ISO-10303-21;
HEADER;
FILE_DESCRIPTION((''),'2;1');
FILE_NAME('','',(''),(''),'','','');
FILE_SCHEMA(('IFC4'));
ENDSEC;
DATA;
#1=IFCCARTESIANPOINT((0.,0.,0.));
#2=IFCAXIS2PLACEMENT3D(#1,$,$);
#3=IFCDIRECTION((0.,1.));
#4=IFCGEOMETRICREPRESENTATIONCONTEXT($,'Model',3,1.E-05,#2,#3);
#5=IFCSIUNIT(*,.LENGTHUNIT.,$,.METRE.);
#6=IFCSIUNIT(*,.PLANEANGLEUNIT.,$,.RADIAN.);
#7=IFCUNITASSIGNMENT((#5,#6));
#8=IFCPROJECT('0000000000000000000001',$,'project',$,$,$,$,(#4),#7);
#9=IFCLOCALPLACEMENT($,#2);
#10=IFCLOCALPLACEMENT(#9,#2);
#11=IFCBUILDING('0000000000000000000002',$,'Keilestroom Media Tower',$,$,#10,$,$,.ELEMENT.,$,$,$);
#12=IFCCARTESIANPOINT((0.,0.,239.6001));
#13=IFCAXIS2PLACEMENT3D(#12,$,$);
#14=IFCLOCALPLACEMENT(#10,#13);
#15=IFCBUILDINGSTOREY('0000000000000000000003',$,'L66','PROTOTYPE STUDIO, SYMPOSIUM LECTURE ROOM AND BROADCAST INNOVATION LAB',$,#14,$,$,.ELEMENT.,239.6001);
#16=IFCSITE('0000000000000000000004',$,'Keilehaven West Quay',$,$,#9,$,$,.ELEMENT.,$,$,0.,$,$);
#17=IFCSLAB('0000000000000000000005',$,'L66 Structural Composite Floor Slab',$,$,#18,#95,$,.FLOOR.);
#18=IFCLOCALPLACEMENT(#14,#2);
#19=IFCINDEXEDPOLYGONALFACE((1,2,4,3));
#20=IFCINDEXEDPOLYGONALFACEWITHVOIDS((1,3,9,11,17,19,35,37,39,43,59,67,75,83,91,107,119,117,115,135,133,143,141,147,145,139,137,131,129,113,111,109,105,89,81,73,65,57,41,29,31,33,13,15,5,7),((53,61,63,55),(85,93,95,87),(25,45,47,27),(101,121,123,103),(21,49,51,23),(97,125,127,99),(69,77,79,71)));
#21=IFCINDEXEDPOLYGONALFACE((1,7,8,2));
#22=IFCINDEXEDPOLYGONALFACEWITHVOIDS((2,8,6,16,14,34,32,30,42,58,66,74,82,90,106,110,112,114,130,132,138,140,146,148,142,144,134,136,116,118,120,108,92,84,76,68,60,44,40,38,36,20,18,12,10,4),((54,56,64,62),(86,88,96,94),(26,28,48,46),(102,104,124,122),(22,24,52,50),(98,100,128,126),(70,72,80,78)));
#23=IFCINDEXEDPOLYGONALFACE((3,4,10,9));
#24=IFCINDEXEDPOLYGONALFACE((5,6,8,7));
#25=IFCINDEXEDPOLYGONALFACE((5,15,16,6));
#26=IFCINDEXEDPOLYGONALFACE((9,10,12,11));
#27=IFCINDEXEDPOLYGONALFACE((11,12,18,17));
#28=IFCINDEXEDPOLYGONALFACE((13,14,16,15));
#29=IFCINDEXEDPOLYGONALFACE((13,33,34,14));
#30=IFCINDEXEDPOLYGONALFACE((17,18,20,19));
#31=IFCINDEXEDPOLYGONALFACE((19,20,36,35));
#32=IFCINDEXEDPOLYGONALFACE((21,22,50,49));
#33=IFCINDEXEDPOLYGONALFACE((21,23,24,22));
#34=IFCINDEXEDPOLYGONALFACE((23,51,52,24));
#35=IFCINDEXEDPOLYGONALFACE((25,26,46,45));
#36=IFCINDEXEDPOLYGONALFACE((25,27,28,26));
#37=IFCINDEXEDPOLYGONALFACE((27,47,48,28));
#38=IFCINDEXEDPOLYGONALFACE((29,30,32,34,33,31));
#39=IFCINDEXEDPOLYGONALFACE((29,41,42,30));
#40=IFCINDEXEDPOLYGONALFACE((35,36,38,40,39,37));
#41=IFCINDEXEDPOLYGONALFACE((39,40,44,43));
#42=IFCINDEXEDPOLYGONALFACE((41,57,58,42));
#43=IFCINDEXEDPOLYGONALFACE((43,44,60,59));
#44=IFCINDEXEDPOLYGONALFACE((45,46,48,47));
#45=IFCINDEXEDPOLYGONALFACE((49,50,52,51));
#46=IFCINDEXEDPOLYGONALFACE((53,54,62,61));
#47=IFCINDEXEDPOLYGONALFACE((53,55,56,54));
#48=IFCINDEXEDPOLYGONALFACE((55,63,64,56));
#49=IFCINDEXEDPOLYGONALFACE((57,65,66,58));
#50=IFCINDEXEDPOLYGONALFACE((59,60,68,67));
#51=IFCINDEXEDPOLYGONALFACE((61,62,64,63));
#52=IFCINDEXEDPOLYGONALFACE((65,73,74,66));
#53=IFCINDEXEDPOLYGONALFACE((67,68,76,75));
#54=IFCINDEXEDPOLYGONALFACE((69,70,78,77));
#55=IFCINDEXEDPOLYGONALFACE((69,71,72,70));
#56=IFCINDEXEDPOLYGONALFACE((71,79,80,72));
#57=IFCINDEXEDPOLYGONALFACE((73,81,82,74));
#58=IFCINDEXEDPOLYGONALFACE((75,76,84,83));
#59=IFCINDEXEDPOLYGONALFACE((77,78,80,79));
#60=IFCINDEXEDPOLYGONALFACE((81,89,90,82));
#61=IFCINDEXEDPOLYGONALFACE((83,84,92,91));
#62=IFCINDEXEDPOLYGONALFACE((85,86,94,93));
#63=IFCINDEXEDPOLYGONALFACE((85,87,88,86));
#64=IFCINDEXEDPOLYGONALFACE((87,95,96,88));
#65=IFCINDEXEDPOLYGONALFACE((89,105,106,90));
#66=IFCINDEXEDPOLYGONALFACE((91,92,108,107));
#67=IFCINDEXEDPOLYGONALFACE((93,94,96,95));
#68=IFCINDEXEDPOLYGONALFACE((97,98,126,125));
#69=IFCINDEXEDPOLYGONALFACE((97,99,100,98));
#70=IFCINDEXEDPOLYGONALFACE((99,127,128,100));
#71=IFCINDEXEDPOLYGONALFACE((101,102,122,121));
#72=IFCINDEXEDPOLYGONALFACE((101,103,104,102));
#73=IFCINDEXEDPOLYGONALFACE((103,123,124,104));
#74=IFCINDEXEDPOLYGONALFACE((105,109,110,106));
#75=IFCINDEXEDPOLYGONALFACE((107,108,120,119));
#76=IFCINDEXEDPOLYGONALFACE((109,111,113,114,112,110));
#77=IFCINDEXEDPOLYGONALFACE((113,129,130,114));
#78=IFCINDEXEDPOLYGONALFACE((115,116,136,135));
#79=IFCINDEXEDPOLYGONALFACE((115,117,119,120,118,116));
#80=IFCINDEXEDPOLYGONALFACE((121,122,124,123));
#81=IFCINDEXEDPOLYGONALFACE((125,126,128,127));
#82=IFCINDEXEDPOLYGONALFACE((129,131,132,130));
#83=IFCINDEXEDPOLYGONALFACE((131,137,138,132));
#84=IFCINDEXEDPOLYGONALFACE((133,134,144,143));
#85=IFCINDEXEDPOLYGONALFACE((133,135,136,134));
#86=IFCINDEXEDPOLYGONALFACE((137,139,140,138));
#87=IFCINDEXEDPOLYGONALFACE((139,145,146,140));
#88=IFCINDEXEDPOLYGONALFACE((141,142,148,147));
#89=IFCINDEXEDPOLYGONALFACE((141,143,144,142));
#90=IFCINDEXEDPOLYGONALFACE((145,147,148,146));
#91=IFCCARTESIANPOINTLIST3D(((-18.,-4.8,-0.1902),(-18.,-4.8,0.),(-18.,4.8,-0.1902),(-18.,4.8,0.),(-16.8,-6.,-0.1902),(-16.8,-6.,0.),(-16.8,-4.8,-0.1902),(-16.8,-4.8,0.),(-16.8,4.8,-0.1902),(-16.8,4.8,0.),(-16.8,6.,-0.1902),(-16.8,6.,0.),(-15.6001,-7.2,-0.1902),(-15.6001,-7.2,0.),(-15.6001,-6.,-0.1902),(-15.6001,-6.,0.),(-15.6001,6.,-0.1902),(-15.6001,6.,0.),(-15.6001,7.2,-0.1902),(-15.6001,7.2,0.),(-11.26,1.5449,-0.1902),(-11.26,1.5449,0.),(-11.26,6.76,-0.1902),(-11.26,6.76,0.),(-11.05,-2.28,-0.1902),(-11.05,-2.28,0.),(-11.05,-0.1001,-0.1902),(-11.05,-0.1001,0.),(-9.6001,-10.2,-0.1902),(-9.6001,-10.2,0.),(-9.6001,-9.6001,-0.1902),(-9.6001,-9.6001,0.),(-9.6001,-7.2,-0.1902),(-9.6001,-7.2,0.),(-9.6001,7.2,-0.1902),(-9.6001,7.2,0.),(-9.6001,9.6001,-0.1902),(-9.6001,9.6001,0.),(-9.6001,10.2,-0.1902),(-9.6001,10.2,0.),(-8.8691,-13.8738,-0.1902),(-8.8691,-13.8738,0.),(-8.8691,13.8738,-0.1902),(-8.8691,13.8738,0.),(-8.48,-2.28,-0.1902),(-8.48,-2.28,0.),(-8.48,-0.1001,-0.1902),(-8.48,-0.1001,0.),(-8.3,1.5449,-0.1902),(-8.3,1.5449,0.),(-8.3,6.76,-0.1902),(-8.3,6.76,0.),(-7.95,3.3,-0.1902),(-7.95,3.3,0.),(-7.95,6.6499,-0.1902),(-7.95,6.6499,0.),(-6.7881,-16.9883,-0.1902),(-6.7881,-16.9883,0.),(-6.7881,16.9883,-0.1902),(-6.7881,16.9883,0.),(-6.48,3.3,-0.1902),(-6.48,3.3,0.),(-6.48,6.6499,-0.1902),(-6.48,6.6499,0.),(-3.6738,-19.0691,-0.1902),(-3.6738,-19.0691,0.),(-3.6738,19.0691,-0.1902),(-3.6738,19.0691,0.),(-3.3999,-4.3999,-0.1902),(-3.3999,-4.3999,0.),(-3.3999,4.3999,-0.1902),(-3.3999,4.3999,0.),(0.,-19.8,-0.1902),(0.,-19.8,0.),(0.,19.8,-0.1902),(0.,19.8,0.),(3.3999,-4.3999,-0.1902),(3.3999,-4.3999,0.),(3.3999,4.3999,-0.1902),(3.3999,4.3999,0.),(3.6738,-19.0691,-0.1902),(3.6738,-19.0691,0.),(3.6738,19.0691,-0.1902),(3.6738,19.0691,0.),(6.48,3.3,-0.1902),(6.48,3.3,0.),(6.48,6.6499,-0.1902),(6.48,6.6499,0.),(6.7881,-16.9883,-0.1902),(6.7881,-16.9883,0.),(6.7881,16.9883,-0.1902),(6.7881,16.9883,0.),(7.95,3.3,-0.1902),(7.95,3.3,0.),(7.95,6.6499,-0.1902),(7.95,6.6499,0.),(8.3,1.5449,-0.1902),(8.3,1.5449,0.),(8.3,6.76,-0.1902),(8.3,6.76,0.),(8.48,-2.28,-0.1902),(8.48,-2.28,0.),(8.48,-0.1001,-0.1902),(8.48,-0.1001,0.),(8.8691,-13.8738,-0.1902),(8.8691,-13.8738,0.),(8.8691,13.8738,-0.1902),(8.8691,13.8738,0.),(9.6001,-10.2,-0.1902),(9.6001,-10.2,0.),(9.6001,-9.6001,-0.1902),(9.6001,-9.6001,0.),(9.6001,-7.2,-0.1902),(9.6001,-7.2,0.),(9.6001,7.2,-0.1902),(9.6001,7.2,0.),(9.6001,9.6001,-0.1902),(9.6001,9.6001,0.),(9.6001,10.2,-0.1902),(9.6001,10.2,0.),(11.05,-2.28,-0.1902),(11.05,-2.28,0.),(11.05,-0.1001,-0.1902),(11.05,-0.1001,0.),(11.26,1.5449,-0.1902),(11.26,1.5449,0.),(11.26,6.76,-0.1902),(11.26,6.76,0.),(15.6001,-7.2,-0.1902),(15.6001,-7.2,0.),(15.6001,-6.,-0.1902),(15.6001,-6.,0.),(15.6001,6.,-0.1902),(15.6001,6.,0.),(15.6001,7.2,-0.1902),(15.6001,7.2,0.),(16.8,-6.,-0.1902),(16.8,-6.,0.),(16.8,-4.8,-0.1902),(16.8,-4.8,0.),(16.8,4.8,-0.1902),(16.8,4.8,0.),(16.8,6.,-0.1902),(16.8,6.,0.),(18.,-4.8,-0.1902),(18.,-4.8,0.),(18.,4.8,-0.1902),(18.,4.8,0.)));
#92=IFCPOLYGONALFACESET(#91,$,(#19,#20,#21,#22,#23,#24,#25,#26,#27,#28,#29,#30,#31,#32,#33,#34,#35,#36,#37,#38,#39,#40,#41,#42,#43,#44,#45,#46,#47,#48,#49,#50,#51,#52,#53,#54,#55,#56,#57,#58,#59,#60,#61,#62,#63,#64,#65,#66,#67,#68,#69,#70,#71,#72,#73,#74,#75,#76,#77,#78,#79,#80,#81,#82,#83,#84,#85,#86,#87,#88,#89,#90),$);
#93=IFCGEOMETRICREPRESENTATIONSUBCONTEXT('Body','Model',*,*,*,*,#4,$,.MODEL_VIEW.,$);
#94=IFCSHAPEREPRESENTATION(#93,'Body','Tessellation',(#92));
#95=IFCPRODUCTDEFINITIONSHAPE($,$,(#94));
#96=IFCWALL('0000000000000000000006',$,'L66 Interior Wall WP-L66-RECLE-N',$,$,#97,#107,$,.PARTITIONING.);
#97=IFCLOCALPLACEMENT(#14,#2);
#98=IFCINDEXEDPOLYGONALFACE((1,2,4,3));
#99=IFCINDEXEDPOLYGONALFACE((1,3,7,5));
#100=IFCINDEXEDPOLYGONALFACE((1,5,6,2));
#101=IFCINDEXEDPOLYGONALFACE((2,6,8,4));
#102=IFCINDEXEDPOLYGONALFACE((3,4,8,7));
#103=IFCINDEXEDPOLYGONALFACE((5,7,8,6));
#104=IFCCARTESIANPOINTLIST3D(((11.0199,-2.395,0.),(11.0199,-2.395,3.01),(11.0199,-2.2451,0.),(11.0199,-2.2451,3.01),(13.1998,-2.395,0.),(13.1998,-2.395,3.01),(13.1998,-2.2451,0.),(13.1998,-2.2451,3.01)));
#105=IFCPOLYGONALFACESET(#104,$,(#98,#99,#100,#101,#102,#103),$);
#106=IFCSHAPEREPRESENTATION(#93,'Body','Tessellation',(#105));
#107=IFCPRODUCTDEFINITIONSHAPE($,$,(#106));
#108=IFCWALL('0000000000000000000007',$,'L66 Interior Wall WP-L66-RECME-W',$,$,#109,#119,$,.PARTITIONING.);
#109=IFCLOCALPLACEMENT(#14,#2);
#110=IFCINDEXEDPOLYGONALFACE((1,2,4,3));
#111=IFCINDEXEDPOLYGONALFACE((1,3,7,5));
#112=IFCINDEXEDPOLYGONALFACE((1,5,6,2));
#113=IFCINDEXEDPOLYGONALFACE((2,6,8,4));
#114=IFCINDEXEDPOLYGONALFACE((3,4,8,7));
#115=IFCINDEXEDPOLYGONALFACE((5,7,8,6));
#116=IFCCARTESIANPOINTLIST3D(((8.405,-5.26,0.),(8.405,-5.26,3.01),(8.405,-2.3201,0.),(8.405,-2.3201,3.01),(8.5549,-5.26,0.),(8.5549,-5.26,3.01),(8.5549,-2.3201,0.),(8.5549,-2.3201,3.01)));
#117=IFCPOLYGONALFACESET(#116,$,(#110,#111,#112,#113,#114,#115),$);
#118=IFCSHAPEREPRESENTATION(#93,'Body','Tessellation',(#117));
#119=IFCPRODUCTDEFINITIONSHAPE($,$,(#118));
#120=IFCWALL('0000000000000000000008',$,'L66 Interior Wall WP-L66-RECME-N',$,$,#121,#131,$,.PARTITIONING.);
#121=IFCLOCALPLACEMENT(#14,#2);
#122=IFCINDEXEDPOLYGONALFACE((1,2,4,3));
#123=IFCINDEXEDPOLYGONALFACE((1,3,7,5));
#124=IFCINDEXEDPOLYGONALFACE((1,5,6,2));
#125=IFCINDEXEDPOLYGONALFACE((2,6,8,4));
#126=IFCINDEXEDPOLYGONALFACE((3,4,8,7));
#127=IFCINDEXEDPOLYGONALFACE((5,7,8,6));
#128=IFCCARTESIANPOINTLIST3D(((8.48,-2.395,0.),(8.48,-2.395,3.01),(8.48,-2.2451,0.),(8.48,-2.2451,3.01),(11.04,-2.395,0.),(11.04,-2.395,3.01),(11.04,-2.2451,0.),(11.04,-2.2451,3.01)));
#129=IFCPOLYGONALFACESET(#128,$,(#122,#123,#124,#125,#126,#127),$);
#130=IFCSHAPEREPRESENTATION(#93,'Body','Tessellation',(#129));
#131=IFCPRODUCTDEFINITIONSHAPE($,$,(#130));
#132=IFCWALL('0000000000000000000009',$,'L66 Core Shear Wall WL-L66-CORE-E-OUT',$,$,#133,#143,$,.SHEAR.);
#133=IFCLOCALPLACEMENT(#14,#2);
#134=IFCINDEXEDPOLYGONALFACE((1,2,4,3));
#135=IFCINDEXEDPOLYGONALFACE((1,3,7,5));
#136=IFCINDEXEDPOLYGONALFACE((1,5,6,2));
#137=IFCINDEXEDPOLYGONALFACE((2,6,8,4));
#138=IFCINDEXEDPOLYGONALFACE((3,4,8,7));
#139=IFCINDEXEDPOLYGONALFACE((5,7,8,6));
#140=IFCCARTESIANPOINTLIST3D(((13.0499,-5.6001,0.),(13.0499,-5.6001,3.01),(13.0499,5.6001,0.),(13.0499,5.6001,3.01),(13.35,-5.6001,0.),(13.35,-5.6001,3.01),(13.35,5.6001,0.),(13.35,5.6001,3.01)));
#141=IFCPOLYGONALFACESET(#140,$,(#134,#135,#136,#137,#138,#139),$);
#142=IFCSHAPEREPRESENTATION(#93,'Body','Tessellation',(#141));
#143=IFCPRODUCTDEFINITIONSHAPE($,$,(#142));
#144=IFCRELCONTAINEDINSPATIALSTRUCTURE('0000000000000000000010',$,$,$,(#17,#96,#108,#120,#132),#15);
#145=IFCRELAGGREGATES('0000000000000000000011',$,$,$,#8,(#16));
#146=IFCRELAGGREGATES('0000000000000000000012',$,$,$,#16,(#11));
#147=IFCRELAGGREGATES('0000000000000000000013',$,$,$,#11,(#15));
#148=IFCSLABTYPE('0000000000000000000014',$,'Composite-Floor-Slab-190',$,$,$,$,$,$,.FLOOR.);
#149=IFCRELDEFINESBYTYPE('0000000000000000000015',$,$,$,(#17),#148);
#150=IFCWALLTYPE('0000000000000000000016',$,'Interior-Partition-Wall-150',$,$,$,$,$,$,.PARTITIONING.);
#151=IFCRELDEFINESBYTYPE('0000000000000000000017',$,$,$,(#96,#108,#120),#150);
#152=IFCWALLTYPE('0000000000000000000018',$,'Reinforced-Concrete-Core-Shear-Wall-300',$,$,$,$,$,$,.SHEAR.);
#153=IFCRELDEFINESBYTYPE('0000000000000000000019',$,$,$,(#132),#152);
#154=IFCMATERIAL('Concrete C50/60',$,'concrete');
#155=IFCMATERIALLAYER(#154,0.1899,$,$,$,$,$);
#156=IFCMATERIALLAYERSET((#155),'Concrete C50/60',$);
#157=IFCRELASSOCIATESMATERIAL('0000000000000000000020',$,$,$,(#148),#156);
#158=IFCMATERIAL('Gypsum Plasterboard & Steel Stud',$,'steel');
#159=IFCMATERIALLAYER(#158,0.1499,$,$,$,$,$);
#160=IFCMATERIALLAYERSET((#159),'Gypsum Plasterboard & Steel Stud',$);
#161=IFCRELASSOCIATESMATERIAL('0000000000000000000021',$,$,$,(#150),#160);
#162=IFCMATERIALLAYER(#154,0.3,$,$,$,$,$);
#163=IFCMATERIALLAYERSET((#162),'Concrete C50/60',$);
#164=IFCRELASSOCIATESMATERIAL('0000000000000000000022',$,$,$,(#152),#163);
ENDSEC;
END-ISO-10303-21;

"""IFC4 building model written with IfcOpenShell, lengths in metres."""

from ifc_helpers import new_model, si_unit, direction, frame, frame_2d, origin, place, context, subcontext, project, spatial, polyline, rectangle, outline, extrude, material, layer, layer_set, type_object, element, save


model = new_model("IFC4")

# Units and contexts
model_context = context("Model", 3, precision=1e-05, world=origin(), true_north=direction((0.0, 1.0)))
body_context = subcontext(model_context, "Body", "Model", "MODEL_VIEW")
ifc_project = project(units=[si_unit("LENGTHUNIT", "METRE"), si_unit("PLANEANGLEUNIT", "RADIAN")], contexts=[model_context])

# Site, building, storey
site_placement = place(None, origin())
site = spatial("IfcSite", under=ifc_project, at=site_placement, Name="Keilehaven West Quay", CompositionType="ELEMENT", RefElevation=0.0)
building_placement = place(site_placement, origin())
building = spatial("IfcBuilding", under=site, at=building_placement, Name="Keilestroom Media Tower", CompositionType="ELEMENT")
storey_placement = place(building_placement, frame((0.0, 0.0, 239.6001)))
storey = spatial("IfcBuildingStorey", under=building, at=storey_placement, Name="L66", Description="PROTOTYPE STUDIO, SYMPOSIUM LECTURE ROOM AND BROADCAST INNOVATION LAB", CompositionType="ELEMENT", Elevation=239.6001)

# Slab
ifc_material_1 = material(Name="Concrete C50/60", Category="concrete")
ifc_layer_1 = layer(ifc_material_1, 0.1899)
ifc_layer_set_1 = layer_set([ifc_layer_1], Name="Concrete C50/60")
slab_type = type_object("IfcSlabType", Name="Composite-Floor-Slab-190", PredefinedType="FLOOR", material=ifc_layer_set_1)
slab_placement = place(storey_placement, frame((0.0, 0.0, -0.1902)))
element("IfcSlab", 1, at=slab_placement, inside=storey, type_object=slab_type, Name="L66 Structural Composite Floor Slab", PredefinedType="FLOOR", context=body_context, shape_type="SweptSolid", body=[
    extrude(outline(polyline([(18.0, -4.8), (18.0, 4.8), (16.8, 4.8), (16.8, 6.0), (15.6001, 6.0), (15.6001, 7.2), (9.6001, 7.2), (9.6001, 9.6001), (9.6001, 10.2), (8.8691, 13.8738), (6.7881, 16.9883), (3.6738, 19.0691), (0.0, 19.8), (-3.6738, 19.0691), (-6.7881, 16.9883), (-8.8691, 13.8738), (-9.6001, 10.2), (-9.6001, 9.6001), (-9.6001, 7.2), (-15.6001, 7.2), (-15.6001, 6.0), (-16.8, 6.0), (-16.8, 4.8), (-18.0, 4.8), (-18.0, -4.8), (-16.8, -4.8), (-16.8, -6.0), (-15.6001, -6.0), (-15.6001, -7.2), (-9.6001, -7.2), (-9.6001, -9.6001), (-9.6001, -10.2), (-8.8691, -13.8738), (-6.7881, -16.9883), (-3.6738, -19.0691), (0.0, -19.8), (3.6738, -19.0691), (6.7881, -16.9883), (8.8691, -13.8738), (9.6001, -10.2), (9.6001, -9.6001), (9.6001, -7.2), (15.6001, -7.2), (15.6001, -6.0), (16.8, -6.0), (16.8, -4.8), (18.0, -4.8)]), holes=[polyline([(-8.3, 1.5449), (-11.26, 1.5449), (-11.26, 6.76), (-8.3, 6.76), (-8.3, 1.5449)]), polyline([(-8.48, -2.28), (-11.05, -2.28), (-11.05, -0.1001), (-8.48, -0.1001), (-8.48, -2.28)]), polyline([(-6.48, 3.3), (-7.95, 3.3), (-7.95, 6.6499), (-6.48, 6.6499), (-6.48, 3.3)]), polyline([(3.3999, -4.3999), (-3.3999, -4.3999), (-3.3999, 4.3999), (3.3999, 4.3999), (3.3999, -4.3999)]), polyline([(7.95, 3.3), (6.48, 3.3), (6.48, 6.6499), (7.95, 6.6499), (7.95, 3.3)]), polyline([(11.26, 1.5449), (8.3, 1.5449), (8.3, 6.76), (11.26, 6.76), (11.26, 1.5449)]), polyline([(11.05, -2.28), (8.48, -2.28), (8.48, -0.1001), (11.05, -0.1001), (11.05, -2.28)])]), origin(), (0.0, 0.0, 1.0), 0.1902),
])

# Walls
ifc_material_2 = material(Name="Gypsum Plasterboard & Steel Stud", Category="steel")
ifc_layer_2 = layer(ifc_material_2, 0.1499)
ifc_layer_set_2 = layer_set([ifc_layer_2], Name="Gypsum Plasterboard & Steel Stud")
wall_type_1 = type_object("IfcWallType", Name="Interior-Partition-Wall-150", PredefinedType="PARTITIONING", material=ifc_layer_set_2)
wall_1_placement = place(storey_placement, frame((11.02, -2.3201, 0.0), z_axis=(0.0, 0.0, 1.0), x_axis=(1.0, 0.0, 0.0)))
element("IfcWall", 2, at=wall_1_placement, inside=storey, type_object=wall_type_1, Name="L66 Interior Wall WP-L66-RECLE-N", PredefinedType="PARTITIONING", context=body_context, shape_type="SweptSolid", body=[
    extrude(rectangle(XDim=2.1799, YDim=0.1499, at=frame_2d((1.0898, 0.0))), origin(), (0.0, 0.0, 1.0), 3.01),
])
wall_2_placement = place(storey_placement, frame((8.48, -5.26, 0.0), z_axis=(0.0, 0.0, 1.0), x_axis=(0.0, 1.0, 0.0)))
element("IfcWall", 3, at=wall_2_placement, inside=storey, type_object=wall_type_1, Name="L66 Interior Wall WP-L66-RECME-W", PredefinedType="PARTITIONING", context=body_context, shape_type="SweptSolid", body=[
    extrude(rectangle(XDim=2.9399, YDim=0.1499, at=frame_2d((1.47, 0.0))), origin(), (0.0, 0.0, 1.0), 3.01),
])
wall_3_placement = place(storey_placement, frame((8.48, -2.3201, 0.0), z_axis=(0.0, 0.0, 1.0), x_axis=(1.0, 0.0, 0.0)))
element("IfcWall", 4, at=wall_3_placement, inside=storey, type_object=wall_type_1, Name="L66 Interior Wall WP-L66-RECME-N", PredefinedType="PARTITIONING", context=body_context, shape_type="SweptSolid", body=[
    extrude(rectangle(XDim=2.5601, YDim=0.1499, at=frame_2d((1.28, 0.0))), origin(), (0.0, 0.0, 1.0), 3.01),
])
ifc_layer_3 = layer(ifc_material_1, 0.3)
ifc_layer_set_3 = layer_set([ifc_layer_3], Name="Concrete C50/60")
wall_type_2 = type_object("IfcWallType", Name="Reinforced-Concrete-Core-Shear-Wall-300", PredefinedType="SHEAR", material=ifc_layer_set_3)
wall_4_placement = place(storey_placement, frame((13.2, -5.6001, 0.0), z_axis=(0.0, 0.0, 1.0), x_axis=(0.0, 1.0, 0.0)))
element("IfcWall", 5, at=wall_4_placement, inside=storey, type_object=wall_type_2, Name="L66 Core Shear Wall WL-L66-CORE-E-OUT", PredefinedType="SHEAR", context=body_context, shape_type="SweptSolid", body=[
    extrude(rectangle(XDim=11.2002, YDim=0.3, at=frame_2d((5.6001, 0.0))), origin(), (0.0, 0.0, 1.0), 3.01),
])

save(model, "model.ifc")
